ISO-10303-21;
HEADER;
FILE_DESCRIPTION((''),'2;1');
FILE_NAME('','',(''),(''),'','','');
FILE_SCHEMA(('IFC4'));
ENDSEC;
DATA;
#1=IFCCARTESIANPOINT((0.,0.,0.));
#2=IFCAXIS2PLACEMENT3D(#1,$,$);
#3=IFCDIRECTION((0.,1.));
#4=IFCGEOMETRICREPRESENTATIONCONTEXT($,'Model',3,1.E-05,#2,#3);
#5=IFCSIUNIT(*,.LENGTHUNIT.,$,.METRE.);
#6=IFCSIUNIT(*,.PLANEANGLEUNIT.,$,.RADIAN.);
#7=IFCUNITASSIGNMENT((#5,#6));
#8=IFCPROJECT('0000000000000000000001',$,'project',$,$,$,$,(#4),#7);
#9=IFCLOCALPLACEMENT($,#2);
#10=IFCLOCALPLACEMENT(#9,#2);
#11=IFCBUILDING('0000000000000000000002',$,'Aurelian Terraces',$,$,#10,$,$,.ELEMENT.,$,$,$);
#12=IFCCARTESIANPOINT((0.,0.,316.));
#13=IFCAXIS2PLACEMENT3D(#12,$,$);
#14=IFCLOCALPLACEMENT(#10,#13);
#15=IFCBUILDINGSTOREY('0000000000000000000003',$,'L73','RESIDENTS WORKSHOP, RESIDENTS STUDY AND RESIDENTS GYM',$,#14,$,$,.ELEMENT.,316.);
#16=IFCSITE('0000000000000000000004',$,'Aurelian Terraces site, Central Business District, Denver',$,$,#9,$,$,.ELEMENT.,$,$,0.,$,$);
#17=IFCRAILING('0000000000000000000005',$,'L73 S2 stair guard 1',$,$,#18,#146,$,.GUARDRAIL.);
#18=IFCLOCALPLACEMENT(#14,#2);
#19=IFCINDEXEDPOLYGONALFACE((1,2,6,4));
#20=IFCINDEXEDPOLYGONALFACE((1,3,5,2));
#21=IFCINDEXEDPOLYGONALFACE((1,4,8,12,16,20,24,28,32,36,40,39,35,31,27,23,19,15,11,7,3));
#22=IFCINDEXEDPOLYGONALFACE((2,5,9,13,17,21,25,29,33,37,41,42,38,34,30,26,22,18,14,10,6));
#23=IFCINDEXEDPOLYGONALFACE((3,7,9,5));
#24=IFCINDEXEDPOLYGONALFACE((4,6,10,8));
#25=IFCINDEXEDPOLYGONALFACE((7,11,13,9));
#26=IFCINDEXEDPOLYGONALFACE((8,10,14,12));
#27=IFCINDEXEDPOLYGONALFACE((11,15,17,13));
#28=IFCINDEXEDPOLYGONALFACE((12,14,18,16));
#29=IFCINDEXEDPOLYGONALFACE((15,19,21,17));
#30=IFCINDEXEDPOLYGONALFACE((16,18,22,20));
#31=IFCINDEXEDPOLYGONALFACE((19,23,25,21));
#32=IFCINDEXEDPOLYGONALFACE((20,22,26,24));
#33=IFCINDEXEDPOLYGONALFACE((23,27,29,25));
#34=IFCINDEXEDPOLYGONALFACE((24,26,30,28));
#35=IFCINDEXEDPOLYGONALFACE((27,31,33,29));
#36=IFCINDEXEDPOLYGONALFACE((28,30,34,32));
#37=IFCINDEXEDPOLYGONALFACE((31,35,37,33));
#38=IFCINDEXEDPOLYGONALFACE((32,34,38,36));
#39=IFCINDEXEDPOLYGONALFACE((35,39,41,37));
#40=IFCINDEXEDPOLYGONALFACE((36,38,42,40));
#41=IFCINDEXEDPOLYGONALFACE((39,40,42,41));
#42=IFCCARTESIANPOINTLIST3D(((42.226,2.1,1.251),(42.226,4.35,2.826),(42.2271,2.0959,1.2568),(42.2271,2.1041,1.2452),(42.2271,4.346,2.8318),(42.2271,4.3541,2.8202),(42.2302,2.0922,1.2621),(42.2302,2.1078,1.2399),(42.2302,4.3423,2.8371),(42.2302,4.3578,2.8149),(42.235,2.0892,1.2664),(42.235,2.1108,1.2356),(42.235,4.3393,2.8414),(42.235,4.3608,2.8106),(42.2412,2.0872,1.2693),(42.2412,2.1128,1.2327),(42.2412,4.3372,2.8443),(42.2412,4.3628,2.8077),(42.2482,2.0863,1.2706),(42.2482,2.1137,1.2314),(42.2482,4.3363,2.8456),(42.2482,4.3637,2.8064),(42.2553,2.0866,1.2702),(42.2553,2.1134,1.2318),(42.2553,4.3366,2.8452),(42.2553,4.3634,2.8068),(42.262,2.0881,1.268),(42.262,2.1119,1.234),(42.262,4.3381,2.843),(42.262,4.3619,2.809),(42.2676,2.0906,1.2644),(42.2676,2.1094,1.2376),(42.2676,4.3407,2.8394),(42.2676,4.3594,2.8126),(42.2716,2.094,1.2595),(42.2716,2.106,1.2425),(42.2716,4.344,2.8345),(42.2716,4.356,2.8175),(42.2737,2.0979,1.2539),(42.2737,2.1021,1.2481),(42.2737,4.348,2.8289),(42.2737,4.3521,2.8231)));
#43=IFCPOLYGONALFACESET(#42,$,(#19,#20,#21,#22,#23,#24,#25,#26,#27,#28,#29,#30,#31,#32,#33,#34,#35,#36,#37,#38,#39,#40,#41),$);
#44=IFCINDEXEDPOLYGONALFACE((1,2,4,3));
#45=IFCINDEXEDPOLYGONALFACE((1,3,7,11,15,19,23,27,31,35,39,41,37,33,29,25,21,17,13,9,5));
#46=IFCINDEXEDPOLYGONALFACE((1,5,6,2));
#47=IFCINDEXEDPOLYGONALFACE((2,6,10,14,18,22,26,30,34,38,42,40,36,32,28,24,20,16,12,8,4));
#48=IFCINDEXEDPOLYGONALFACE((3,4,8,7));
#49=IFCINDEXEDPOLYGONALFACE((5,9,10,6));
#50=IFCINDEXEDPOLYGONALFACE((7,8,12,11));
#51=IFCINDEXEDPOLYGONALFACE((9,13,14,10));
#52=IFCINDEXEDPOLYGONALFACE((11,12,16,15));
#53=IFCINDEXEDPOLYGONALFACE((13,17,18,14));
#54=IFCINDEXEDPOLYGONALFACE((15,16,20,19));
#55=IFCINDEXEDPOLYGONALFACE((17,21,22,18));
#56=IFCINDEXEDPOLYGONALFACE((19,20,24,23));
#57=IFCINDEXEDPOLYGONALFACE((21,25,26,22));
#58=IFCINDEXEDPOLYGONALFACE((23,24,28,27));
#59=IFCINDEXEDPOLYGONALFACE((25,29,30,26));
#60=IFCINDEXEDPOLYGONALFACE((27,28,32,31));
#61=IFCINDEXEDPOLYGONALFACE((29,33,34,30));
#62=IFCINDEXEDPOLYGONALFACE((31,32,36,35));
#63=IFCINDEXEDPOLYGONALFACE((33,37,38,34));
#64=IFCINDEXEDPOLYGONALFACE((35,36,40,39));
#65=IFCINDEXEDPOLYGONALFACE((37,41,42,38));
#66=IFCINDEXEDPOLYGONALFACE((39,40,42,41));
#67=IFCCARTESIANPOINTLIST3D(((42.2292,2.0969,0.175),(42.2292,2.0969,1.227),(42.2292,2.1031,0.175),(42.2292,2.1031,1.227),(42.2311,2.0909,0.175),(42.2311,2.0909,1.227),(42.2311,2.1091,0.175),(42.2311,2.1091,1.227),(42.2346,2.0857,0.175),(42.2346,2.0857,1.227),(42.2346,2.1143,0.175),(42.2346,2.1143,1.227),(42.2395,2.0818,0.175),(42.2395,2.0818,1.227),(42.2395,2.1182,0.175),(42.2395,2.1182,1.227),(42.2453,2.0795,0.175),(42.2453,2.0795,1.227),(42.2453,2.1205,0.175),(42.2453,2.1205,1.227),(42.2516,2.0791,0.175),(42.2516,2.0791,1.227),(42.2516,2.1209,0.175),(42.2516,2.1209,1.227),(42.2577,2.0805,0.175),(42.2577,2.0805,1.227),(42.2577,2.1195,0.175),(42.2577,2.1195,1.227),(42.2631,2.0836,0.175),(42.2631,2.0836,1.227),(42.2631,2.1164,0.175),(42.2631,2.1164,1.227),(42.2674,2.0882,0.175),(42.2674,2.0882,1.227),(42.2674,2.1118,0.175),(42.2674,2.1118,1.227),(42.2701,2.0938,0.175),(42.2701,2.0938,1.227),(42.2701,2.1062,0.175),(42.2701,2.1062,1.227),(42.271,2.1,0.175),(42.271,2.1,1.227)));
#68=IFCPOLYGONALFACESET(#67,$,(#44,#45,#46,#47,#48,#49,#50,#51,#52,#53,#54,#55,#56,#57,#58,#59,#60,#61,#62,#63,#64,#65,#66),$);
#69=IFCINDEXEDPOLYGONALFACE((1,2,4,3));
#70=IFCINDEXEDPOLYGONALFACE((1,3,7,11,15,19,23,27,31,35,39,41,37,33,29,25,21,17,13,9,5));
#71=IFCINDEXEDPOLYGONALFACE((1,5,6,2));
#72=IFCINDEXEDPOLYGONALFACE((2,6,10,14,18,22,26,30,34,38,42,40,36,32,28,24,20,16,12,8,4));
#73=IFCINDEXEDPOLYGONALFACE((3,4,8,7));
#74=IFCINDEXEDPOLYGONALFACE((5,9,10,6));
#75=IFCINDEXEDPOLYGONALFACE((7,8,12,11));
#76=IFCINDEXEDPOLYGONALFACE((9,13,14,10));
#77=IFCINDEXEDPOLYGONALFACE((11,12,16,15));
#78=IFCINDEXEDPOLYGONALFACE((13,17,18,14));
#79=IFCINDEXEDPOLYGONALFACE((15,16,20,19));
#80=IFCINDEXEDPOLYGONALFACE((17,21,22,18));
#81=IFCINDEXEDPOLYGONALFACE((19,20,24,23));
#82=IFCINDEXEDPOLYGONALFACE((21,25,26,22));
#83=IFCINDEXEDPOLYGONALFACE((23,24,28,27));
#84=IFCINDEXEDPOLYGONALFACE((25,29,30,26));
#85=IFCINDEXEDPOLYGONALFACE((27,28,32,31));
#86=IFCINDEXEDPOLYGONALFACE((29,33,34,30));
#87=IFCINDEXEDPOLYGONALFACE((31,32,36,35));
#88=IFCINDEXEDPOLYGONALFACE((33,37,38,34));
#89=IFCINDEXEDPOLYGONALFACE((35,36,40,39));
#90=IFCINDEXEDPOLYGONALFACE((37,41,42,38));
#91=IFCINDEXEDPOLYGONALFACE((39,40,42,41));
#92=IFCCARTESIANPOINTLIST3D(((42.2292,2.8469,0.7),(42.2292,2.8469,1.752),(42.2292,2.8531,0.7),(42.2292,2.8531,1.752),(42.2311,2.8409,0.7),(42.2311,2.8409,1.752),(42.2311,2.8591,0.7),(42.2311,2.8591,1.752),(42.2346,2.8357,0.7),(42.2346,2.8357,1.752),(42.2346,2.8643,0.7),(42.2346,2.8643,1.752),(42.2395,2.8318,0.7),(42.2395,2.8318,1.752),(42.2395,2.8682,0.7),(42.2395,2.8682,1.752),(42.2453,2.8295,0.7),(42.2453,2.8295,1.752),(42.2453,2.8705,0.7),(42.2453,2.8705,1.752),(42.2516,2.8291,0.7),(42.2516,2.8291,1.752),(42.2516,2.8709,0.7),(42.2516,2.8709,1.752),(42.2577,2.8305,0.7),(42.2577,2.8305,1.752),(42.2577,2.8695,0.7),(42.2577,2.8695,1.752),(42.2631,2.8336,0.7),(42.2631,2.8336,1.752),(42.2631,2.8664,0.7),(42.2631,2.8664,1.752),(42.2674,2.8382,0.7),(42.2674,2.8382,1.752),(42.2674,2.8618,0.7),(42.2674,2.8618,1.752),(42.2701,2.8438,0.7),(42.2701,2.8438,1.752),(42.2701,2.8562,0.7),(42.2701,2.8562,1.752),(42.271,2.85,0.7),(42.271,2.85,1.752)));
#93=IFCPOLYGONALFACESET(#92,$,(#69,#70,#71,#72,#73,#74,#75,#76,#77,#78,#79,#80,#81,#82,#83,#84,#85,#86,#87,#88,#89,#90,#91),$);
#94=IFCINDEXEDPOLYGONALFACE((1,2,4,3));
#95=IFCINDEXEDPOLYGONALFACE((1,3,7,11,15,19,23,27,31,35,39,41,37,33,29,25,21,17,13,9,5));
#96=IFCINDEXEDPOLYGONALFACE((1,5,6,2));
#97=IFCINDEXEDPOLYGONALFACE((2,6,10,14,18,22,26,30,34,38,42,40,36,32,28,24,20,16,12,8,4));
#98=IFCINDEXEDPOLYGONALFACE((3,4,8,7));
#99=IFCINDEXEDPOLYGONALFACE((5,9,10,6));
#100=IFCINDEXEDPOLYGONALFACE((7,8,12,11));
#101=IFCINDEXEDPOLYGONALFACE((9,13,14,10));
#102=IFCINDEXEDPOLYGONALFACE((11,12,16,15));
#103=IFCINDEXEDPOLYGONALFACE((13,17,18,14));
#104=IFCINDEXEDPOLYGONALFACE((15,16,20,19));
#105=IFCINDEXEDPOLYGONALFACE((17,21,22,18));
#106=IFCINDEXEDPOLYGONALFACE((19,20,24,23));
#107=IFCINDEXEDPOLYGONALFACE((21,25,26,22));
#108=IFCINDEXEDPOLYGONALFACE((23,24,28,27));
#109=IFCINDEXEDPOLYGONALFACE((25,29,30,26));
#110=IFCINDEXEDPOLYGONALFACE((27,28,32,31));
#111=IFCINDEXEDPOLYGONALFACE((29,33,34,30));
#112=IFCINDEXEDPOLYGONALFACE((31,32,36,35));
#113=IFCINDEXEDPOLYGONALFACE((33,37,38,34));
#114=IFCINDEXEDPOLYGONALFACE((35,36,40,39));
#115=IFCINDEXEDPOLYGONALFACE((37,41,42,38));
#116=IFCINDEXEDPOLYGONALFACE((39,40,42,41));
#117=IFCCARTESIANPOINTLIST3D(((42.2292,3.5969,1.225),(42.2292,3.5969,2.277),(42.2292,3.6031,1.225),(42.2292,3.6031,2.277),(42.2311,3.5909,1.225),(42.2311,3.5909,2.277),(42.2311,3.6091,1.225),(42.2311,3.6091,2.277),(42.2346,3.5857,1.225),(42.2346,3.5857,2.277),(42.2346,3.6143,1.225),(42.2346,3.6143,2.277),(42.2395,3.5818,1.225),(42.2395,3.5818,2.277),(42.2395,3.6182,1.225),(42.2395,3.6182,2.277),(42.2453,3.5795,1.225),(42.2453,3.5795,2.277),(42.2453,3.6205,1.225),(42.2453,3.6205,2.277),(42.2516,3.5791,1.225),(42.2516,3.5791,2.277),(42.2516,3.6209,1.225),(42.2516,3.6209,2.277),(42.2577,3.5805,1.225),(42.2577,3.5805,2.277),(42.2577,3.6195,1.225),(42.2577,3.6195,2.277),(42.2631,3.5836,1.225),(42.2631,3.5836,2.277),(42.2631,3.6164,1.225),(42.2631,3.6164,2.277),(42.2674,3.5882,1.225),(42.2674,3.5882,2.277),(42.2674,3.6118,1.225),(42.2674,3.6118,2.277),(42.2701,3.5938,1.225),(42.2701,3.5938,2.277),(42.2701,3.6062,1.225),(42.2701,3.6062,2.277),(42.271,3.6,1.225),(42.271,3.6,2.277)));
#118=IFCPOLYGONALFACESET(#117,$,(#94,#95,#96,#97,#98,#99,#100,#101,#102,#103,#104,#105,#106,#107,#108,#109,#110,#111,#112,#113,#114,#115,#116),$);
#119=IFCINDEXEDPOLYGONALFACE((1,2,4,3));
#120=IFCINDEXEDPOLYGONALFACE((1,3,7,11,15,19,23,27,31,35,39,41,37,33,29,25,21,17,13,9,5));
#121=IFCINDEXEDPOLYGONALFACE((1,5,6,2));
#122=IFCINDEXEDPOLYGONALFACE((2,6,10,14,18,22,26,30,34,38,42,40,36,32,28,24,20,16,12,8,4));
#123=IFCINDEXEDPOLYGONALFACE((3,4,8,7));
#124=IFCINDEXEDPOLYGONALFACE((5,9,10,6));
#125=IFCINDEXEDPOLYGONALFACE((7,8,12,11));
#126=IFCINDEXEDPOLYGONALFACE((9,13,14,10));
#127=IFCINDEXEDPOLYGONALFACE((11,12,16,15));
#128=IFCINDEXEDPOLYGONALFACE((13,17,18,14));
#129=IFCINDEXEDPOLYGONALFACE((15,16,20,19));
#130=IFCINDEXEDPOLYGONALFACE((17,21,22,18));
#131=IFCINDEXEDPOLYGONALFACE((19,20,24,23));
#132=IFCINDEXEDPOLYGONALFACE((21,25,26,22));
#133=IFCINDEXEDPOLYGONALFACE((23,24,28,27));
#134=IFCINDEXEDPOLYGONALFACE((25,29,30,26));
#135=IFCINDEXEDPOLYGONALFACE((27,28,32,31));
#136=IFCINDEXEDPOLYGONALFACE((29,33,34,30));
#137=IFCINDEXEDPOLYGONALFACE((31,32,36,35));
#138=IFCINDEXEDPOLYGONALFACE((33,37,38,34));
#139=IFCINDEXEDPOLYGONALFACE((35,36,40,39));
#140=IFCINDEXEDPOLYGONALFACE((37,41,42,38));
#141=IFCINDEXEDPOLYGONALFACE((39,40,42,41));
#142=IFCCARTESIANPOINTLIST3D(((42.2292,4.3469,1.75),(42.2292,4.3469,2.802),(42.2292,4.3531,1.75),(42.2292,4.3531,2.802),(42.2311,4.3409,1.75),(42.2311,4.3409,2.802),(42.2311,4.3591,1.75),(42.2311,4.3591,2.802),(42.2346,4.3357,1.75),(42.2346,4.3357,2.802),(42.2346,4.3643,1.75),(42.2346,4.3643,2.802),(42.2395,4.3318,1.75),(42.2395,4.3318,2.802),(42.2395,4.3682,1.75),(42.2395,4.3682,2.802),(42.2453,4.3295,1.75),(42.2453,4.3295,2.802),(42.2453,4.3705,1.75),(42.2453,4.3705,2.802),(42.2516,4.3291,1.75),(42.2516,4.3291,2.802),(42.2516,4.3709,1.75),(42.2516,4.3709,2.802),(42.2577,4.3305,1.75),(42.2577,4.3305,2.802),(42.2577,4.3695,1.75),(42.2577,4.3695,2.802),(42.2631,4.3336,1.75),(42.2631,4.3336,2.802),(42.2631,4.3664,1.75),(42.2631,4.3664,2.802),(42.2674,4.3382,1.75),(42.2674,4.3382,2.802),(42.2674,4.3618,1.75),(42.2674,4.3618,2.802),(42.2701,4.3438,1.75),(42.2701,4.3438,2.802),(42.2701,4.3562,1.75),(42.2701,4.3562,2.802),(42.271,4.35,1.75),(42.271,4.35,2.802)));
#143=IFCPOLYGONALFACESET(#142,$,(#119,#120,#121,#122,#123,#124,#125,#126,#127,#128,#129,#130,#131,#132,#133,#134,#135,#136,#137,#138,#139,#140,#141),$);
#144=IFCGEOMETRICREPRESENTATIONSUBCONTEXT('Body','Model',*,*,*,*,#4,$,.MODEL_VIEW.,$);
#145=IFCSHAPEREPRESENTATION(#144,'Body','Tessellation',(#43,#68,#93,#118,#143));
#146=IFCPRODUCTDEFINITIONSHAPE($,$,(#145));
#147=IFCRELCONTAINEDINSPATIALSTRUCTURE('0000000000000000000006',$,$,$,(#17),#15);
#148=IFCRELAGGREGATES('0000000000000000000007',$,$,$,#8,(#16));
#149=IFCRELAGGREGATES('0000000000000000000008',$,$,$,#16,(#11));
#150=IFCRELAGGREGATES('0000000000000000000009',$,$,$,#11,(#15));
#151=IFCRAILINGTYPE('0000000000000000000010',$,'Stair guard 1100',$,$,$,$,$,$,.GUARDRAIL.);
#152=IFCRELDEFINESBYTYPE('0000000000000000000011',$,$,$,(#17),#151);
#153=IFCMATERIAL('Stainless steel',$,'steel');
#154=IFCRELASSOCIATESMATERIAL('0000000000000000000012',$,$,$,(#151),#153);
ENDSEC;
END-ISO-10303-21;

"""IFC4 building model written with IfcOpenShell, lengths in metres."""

from ifc_helpers import new_model, si_unit, direction, frame, origin, origin_2d, place, context, subcontext, project, spatial, circle, extrude, source, transform, mapped, material, type_object, element, save


model = new_model("IFC4")

# Units and contexts
model_context = context("Model", 3, precision=1e-05, world=origin(), true_north=direction((0.0, 1.0)))
body_context = subcontext(model_context, "Body", "Model", "MODEL_VIEW")
ifc_project = project(units=[si_unit("LENGTHUNIT", "METRE"), si_unit("PLANEANGLEUNIT", "RADIAN")], contexts=[model_context])

# Site, building, storey
site_placement = place(None, origin())
site = spatial("IfcSite", under=ifc_project, at=site_placement, Name="Aurelian Terraces site, Central Business District, Denver", CompositionType="ELEMENT", RefElevation=0.0)
building_placement = place(site_placement, origin())
building = spatial("IfcBuilding", under=site, at=building_placement, Name="Aurelian Terraces", CompositionType="ELEMENT")
storey_placement = place(building_placement, frame((0.0, 0.0, 316.0)))
storey = spatial("IfcBuildingStorey", under=building, at=storey_placement, Name="L73", Description="RESIDENTS WORKSHOP, RESIDENTS STUDY AND RESIDENTS GYM", CompositionType="ELEMENT", Elevation=316.0)

# Railing
ifc_material_1 = material(Name="Stainless steel", Category="steel")
railing_type_1 = type_object("IfcRailingType", Name="Stair guard 1100", PredefinedType="GUARDRAIL", material=ifc_material_1)
shared_shape_1 = source(origin(), body_context, "Body", "SweptSolid", [
    extrude(circle(Radius=0.024, at=origin_2d()), frame((0.0, 0.0, 1.076), z_axis=(0.0, 0.819232, 0.573462), x_axis=(-1.0, 0.0, 0.0)), (0.0, 0.0, 1.0), 2.7465),
    extrude(circle(Radius=0.021, at=origin_2d()), origin(), (0.0, 0.0, 1.0), 1.052),
    extrude(circle(Radius=0.021, at=origin_2d()), frame((0.0, 0.75, 0.525)), (0.0, 0.0, 1.0), 1.052),
    extrude(circle(Radius=0.021, at=origin_2d()), frame((0.0, 1.5, 1.05)), (0.0, 0.0, 1.0), 1.052),
    extrude(circle(Radius=0.021, at=origin_2d()), frame((0.0, 2.25, 1.575)), (0.0, 0.0, 1.0), 1.052),
])
railing_1_placement = place(storey_placement, frame((42.25, 2.1, 0.175)))
element("IfcRailing", 1, at=railing_1_placement, inside=storey, type_object=railing_type_1, Name="L73 S2 stair guard 1", PredefinedType="GUARDRAIL", context=body_context, shape_type="MappedRepresentation", body=[
    mapped(shared_shape_1, transform((0.0, 0.0, 0.0), scale=1.0)),
])

save(model, "model.ifc")
